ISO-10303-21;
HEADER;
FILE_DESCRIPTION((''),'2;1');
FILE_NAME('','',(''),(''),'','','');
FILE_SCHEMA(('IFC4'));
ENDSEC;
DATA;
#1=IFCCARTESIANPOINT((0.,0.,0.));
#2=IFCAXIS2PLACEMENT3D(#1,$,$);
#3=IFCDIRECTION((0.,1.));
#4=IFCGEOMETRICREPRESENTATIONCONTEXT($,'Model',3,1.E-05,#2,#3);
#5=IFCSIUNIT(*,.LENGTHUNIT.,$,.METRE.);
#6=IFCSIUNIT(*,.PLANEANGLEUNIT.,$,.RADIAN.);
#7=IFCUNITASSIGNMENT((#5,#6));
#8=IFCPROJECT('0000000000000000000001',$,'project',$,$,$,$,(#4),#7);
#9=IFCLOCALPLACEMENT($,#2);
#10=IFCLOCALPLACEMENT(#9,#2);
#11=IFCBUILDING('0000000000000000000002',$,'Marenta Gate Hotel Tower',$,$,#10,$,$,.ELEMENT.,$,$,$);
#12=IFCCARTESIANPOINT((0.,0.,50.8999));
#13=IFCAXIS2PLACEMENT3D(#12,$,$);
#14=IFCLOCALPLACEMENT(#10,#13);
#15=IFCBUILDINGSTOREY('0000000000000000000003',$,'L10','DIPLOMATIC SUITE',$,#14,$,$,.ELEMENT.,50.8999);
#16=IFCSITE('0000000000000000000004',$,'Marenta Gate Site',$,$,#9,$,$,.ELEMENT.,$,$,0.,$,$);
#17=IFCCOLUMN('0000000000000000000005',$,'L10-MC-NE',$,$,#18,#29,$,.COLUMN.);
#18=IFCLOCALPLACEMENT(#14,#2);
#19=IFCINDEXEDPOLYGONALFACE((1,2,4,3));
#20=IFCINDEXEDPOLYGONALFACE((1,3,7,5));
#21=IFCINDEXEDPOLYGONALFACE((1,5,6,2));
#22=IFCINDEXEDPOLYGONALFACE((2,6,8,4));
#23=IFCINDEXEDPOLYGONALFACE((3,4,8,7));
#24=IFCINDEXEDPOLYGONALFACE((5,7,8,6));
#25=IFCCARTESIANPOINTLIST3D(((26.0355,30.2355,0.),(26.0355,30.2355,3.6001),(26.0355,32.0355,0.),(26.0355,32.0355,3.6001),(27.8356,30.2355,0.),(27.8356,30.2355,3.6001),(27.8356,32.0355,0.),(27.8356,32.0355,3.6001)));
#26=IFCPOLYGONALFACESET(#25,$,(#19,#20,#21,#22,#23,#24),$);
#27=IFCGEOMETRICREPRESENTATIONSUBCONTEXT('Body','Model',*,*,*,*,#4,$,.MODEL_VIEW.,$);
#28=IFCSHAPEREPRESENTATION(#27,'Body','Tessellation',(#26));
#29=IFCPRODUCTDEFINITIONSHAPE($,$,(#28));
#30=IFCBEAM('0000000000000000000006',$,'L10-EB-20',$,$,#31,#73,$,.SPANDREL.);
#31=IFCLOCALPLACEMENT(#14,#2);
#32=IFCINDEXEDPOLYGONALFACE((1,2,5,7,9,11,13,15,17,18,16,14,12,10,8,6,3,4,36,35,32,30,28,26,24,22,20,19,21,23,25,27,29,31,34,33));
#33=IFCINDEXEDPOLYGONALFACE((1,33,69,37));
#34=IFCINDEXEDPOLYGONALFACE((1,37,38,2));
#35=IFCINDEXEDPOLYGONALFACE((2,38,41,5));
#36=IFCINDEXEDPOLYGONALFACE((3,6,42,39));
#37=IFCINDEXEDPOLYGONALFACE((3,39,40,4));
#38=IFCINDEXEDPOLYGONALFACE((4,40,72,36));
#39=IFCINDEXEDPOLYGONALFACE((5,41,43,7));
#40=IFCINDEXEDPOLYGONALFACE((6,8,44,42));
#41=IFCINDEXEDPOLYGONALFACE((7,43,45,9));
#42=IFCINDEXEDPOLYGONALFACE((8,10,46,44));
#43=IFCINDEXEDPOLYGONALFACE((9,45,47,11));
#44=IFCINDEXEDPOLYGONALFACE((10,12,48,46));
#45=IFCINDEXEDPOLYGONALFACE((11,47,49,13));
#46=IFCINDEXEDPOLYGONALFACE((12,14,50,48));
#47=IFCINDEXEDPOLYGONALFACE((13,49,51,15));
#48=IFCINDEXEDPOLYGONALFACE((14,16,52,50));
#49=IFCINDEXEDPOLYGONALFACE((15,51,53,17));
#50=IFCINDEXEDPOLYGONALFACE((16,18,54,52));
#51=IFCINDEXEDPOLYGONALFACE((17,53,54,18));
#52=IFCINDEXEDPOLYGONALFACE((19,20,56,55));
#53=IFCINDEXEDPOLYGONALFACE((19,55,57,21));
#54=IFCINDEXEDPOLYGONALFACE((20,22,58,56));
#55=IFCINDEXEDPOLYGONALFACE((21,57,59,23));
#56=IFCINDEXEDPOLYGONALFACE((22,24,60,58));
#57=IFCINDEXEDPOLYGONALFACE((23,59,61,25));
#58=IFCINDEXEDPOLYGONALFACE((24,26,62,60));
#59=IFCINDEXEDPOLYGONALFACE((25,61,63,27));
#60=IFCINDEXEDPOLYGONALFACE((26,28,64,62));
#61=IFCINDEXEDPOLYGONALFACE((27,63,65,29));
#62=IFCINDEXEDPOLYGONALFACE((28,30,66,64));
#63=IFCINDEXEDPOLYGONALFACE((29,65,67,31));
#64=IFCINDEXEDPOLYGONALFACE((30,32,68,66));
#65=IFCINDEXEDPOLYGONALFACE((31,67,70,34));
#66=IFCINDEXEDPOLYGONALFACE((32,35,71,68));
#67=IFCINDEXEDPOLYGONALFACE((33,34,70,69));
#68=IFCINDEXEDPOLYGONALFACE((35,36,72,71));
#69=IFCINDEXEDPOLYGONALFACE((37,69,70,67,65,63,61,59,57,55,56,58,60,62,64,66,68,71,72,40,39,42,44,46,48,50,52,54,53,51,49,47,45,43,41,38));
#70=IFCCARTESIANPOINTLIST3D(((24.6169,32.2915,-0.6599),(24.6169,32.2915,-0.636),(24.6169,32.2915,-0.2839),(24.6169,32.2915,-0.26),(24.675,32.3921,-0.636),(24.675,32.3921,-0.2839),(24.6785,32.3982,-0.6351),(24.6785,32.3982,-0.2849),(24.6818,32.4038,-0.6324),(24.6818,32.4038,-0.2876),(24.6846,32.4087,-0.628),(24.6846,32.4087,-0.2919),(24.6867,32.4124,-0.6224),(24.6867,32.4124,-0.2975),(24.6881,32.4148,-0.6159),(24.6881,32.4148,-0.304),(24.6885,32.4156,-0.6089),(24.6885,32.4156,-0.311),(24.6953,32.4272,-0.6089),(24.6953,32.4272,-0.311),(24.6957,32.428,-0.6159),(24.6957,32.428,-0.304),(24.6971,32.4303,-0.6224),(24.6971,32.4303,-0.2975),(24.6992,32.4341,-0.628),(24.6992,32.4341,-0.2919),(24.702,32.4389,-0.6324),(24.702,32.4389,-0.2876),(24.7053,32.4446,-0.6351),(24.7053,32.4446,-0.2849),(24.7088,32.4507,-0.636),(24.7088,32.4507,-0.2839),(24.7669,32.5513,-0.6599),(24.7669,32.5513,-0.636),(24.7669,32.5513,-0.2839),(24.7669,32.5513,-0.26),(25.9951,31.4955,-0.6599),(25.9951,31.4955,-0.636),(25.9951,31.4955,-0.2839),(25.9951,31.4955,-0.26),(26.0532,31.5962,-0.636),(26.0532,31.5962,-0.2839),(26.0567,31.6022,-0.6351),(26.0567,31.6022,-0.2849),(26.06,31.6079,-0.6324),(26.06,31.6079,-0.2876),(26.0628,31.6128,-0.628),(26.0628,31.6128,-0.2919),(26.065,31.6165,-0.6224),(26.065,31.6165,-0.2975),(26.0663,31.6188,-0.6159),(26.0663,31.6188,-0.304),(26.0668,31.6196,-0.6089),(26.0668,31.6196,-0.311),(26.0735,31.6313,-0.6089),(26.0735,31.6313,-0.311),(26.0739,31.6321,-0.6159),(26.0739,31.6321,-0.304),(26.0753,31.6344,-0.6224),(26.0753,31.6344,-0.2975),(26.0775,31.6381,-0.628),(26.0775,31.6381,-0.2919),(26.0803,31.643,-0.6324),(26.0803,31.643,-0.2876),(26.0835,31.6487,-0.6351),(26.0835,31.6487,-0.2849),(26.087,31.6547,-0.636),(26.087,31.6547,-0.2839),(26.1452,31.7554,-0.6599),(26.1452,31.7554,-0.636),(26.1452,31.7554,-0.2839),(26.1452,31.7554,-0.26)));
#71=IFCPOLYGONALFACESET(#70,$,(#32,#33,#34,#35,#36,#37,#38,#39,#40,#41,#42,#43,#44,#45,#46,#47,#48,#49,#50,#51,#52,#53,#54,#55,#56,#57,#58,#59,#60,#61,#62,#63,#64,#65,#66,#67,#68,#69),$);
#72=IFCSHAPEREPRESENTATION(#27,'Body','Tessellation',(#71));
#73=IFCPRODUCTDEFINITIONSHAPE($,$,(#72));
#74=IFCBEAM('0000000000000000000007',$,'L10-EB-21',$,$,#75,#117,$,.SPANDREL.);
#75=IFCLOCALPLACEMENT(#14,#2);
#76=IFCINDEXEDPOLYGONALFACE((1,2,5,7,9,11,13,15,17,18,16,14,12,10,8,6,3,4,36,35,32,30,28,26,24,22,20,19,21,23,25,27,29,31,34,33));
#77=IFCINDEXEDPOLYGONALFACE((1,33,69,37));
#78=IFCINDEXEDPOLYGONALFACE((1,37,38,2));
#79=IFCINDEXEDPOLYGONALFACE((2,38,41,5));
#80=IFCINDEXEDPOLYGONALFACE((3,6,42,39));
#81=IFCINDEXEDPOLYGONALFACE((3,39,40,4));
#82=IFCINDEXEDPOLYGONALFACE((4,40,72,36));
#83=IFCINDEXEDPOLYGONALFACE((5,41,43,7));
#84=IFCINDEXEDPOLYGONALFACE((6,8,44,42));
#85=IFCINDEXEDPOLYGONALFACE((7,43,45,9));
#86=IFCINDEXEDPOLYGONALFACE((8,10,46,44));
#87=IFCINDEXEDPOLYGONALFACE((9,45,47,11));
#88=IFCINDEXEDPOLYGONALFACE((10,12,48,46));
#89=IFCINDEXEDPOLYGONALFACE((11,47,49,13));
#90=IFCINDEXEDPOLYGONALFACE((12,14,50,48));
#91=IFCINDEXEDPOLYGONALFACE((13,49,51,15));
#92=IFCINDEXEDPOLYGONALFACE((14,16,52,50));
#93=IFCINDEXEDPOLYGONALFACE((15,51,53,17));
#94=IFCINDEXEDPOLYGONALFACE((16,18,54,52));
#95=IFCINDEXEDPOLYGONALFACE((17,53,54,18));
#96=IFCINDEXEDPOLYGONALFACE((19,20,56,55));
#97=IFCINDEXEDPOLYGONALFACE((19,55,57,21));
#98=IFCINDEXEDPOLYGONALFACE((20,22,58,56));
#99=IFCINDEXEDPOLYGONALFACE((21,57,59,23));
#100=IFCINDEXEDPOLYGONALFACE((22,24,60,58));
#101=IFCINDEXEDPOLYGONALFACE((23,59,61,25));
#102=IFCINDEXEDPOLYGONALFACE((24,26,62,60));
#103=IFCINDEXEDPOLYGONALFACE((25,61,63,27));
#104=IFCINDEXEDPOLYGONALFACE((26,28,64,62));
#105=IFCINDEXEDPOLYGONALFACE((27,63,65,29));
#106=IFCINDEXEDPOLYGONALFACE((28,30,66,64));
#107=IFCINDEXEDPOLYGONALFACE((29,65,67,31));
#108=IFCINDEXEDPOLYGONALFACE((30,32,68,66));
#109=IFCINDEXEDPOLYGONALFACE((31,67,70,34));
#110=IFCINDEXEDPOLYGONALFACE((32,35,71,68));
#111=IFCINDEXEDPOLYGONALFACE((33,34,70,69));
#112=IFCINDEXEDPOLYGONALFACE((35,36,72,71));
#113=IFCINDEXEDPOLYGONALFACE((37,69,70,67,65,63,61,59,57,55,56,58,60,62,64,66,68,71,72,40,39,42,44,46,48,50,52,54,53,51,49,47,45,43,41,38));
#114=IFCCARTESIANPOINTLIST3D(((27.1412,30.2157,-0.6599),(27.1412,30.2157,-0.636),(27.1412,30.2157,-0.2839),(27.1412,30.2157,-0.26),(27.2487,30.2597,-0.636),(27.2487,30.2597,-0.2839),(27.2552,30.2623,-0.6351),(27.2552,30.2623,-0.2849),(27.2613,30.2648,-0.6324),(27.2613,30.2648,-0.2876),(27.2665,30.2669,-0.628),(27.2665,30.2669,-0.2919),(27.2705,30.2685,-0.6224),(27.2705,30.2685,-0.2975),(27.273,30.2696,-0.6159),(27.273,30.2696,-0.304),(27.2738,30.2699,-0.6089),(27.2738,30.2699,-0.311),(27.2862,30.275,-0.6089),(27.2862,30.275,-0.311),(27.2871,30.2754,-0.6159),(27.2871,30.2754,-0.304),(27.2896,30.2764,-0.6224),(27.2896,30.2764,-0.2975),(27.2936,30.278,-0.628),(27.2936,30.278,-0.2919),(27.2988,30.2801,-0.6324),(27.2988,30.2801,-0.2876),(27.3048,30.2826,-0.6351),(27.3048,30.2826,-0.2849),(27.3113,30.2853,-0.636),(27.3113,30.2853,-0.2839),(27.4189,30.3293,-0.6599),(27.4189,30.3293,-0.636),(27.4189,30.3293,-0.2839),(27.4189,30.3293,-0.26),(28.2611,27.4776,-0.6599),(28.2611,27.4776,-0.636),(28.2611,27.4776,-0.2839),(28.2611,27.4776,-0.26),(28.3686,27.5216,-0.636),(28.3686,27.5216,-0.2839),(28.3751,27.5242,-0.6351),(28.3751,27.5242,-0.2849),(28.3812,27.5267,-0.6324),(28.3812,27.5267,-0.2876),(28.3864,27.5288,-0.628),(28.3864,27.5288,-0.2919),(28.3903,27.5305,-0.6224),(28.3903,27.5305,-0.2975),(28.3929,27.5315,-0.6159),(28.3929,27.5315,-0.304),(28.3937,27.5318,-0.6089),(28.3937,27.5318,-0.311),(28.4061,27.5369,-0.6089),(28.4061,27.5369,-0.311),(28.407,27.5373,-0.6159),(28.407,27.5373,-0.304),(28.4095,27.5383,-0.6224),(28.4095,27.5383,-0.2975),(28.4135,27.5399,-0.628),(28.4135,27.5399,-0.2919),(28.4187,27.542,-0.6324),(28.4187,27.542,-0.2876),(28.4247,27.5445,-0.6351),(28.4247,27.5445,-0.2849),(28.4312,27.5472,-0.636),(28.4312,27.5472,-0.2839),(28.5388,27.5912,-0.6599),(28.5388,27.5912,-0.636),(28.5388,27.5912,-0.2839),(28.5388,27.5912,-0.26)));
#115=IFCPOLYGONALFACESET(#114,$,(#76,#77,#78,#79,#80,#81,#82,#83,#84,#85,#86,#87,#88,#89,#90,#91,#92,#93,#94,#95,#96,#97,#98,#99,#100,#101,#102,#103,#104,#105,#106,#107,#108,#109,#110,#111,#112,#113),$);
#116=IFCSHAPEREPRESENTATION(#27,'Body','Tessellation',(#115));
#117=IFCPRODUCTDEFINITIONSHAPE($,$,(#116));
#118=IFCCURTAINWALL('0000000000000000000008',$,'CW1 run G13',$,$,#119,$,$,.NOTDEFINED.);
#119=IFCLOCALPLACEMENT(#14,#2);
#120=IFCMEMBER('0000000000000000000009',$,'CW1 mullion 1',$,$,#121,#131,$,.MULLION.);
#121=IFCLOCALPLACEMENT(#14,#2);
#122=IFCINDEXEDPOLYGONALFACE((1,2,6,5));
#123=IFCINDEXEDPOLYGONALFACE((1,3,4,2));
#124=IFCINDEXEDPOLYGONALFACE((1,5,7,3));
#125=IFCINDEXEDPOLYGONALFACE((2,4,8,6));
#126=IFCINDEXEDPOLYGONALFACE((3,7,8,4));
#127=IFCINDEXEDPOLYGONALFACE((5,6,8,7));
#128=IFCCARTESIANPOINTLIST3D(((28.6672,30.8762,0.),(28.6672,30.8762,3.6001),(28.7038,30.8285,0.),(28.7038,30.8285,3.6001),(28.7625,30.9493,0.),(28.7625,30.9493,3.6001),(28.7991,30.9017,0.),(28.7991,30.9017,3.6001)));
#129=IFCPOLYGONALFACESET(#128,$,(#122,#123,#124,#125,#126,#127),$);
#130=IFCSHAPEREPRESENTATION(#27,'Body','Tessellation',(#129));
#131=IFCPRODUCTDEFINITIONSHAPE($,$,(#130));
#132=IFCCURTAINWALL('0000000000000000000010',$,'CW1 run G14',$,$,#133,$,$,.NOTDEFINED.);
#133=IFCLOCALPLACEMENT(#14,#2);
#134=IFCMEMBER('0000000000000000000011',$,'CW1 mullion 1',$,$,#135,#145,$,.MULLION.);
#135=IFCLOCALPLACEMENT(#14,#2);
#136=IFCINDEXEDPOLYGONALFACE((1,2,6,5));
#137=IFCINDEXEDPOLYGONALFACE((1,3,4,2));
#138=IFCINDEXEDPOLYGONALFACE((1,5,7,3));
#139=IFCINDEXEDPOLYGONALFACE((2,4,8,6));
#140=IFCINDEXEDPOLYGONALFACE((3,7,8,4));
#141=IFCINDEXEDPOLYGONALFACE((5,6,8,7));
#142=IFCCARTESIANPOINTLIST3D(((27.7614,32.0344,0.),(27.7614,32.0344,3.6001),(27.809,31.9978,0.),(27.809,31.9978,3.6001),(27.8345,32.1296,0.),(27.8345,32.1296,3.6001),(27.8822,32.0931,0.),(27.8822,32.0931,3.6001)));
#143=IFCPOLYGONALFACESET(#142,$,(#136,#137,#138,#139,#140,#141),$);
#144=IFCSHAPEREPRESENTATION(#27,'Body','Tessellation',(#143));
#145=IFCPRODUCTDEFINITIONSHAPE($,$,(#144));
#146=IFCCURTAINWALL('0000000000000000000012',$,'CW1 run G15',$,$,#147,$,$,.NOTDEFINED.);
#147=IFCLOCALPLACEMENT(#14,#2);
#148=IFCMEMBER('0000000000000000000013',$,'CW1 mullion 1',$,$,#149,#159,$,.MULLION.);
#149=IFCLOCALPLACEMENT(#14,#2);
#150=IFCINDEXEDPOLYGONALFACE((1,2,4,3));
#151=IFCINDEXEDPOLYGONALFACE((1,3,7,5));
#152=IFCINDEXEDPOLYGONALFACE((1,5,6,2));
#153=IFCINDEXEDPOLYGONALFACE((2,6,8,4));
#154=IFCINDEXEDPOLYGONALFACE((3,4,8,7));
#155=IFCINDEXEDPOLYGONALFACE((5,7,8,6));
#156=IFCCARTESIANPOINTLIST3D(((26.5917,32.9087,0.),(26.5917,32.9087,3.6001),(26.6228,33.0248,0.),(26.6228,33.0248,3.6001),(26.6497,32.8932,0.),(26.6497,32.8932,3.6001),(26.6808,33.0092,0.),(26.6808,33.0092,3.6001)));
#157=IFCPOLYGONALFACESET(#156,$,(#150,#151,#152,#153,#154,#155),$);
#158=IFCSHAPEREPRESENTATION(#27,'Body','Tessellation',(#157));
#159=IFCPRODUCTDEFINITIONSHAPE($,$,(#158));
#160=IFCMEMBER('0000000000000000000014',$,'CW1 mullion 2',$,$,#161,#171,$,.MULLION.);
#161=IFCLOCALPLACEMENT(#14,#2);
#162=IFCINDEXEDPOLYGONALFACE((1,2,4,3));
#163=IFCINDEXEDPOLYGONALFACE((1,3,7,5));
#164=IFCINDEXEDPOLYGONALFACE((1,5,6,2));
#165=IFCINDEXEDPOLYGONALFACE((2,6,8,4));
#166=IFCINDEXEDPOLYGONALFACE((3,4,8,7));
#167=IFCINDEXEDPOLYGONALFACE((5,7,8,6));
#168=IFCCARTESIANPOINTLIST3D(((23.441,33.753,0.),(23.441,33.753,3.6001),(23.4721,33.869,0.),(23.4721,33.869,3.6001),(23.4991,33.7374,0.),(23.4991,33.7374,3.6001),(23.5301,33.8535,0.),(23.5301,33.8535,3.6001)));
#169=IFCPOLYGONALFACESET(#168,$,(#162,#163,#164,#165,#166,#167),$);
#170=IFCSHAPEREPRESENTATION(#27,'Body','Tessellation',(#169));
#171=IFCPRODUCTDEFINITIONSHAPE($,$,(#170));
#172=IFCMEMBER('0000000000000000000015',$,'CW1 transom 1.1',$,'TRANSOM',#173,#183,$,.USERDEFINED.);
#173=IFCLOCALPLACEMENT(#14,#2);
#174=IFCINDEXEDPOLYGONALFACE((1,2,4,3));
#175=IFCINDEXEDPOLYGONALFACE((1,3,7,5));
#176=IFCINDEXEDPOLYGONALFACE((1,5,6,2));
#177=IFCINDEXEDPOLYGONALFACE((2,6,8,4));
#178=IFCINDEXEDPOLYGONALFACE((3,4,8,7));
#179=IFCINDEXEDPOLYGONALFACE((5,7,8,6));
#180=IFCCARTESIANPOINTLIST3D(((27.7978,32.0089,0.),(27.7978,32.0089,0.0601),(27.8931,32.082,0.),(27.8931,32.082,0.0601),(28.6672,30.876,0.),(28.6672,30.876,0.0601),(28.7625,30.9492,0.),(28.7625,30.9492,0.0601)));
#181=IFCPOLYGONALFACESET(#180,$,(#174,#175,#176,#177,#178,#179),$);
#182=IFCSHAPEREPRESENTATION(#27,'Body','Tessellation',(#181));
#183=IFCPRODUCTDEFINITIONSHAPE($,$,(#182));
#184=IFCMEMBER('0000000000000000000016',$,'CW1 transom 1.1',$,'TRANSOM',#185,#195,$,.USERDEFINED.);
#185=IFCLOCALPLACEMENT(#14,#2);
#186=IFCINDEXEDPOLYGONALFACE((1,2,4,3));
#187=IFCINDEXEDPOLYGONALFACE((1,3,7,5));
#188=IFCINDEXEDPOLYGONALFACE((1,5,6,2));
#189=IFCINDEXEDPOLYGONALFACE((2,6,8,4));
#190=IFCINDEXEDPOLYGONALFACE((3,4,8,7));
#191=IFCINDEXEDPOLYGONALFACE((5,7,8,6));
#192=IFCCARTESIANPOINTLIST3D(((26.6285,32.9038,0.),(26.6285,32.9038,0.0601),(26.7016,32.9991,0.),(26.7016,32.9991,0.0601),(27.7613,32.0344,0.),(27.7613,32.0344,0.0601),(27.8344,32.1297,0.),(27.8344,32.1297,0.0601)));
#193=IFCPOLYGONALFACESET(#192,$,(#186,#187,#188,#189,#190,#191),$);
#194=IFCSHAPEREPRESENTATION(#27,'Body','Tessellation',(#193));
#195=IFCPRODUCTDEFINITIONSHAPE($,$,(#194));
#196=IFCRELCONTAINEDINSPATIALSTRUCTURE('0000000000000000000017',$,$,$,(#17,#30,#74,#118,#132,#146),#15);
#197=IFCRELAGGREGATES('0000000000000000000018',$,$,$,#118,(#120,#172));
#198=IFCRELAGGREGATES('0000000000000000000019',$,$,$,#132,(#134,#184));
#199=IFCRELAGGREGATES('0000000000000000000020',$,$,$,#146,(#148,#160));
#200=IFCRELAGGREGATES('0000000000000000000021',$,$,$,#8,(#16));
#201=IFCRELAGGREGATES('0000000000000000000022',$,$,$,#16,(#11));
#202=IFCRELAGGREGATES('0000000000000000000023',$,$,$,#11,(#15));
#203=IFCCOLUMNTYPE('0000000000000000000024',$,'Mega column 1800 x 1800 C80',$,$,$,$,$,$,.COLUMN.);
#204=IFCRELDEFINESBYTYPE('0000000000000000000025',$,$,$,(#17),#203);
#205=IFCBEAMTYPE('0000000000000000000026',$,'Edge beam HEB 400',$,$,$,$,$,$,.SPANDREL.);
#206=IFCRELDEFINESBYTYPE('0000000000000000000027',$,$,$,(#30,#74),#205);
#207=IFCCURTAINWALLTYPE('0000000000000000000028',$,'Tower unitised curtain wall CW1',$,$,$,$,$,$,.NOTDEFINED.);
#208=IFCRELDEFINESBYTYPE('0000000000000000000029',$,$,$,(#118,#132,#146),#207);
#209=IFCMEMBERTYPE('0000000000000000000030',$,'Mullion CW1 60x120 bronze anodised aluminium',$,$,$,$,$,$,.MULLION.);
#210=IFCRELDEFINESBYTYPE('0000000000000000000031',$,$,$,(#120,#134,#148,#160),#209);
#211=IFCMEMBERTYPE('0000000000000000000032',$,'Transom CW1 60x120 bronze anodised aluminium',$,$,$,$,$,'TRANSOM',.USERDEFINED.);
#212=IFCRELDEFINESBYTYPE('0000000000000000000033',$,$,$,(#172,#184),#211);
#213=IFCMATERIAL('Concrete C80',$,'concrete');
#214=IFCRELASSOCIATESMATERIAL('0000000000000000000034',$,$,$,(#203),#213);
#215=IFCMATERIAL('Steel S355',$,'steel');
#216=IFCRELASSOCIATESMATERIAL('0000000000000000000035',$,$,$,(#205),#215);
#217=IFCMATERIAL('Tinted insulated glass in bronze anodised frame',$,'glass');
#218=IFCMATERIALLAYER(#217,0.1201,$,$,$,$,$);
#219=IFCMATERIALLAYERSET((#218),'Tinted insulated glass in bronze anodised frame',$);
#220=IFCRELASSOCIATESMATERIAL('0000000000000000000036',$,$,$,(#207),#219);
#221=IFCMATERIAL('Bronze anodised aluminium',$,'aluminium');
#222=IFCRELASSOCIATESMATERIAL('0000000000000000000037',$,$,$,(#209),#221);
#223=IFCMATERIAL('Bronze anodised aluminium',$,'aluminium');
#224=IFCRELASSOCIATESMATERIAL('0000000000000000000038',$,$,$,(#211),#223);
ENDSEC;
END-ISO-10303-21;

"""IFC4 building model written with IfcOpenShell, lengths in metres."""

from ifc_helpers import new_model, si_unit, direction, frame, origin, origin_2d, place, context, subcontext, project, spatial, rectangle, i_section, extrude, material, layer, layer_set, material_profile, profile_set, type_object, element, aggregate, save


model = new_model("IFC4")

# Units and contexts
model_context = context("Model", 3, precision=1e-05, world=origin(), true_north=direction((0.0, 1.0)))
body_context = subcontext(model_context, "Body", "Model", "MODEL_VIEW")
ifc_project = project(units=[si_unit("LENGTHUNIT", "METRE"), si_unit("PLANEANGLEUNIT", "RADIAN")], contexts=[model_context])

# Site, building, storey
site_placement = place(None, origin())
site = spatial("IfcSite", under=ifc_project, at=site_placement, Name="Marenta Gate Site", CompositionType="ELEMENT", RefElevation=0.0)
building_placement = place(site_placement, origin())
building = spatial("IfcBuilding", under=site, at=building_placement, Name="Marenta Gate Hotel Tower", CompositionType="ELEMENT")
storey_placement = place(building_placement, frame((0.0, 0.0, 50.8999)))
storey = spatial("IfcBuildingStorey", under=building, at=storey_placement, Name="L10", Description="DIPLOMATIC SUITE", CompositionType="ELEMENT", Elevation=50.8999)

# Column
ifc_material_1 = material(Name="Concrete C80", Category="concrete")
ifc_material_profile_1 = material_profile(ifc_material_1, rectangle(XDim=1.8, YDim=1.8, at=origin_2d()), Name="1800 x 1800")
ifc_profile_set_1 = profile_set([ifc_material_profile_1], Name="Concrete C80")
column_type = type_object("IfcColumnType", Name="Mega column 1800 x 1800 C80", PredefinedType="COLUMN", material=ifc_profile_set_1)
column_placement = place(storey_placement, frame((26.9355, 31.1355, 0.0), z_axis=(0.0, 0.0, 1.0), x_axis=(1.0, 0.0, 0.0)))
element("IfcColumn", 1, at=column_placement, inside=storey, type_object=column_type, Name="L10-MC-NE", PredefinedType="COLUMN", context=body_context, shape_type="SweptSolid", body=[
    extrude(rectangle(XDim=1.8, YDim=1.8, at=origin_2d()), origin(), (0.0, 0.0, 1.0), 3.6001),
])

# Beams
ifc_material_2 = material(Name="Steel S355", Category="steel")
ifc_material_profile_2 = material_profile(ifc_material_2, i_section(OverallWidth=0.3, OverallDepth=0.3999, WebThickness=0.0134, FlangeThickness=0.0239, FilletRadius=0.0271, at=origin_2d()), Name="HEB 400")
ifc_profile_set_2 = profile_set([ifc_material_profile_2], Name="Steel S355")
beam_type = type_object("IfcBeamType", Name="Edge beam HEB 400", PredefinedType="SPANDREL", material=ifc_profile_set_2)
beam_1_placement = place(storey_placement, frame((24.6919, 32.4214, -0.46), z_axis=(0.865968, -0.500099, 0.0), x_axis=(0.500099, 0.865968, 0.0)))
element("IfcBeam", 2, at=beam_1_placement, inside=storey, type_object=beam_type, Name="L10-EB-20", PredefinedType="SPANDREL", context=body_context, shape_type="SweptSolid", body=[
    extrude(i_section(OverallWidth=0.3, OverallDepth=0.3999, WebThickness=0.0134, FlangeThickness=0.0239, FilletRadius=0.0271, at=origin_2d()), origin(), (0.0, 0.0, 1.0), 1.5916),
])
beam_2_placement = place(storey_placement, frame((27.28, 30.2725, -0.46), z_axis=(0.378565, -0.925575, 0.0), x_axis=(0.925575, 0.378565, 0.0)))
element("IfcBeam", 3, at=beam_2_placement, inside=storey, type_object=beam_type, Name="L10-EB-21", PredefinedType="SPANDREL", context=body_context, shape_type="SweptSolid", body=[
    extrude(i_section(OverallWidth=0.3, OverallDepth=0.3999, WebThickness=0.0134, FlangeThickness=0.0239, FilletRadius=0.0271, at=origin_2d()), origin(), (0.0, 0.0, 1.0), 2.9583),
])

# Curtain walls, members
ifc_material_3 = material(Name="Tinted insulated glass in bronze anodised frame", Category="glass")
ifc_layer_1 = layer(ifc_material_3, 0.1201)
ifc_layer_set_1 = layer_set([ifc_layer_1], Name="Tinted insulated glass in bronze anodised frame")
curtain_wall_type = type_object("IfcCurtainWallType", Name="Tower unitised curtain wall CW1", PredefinedType="NOTDEFINED", material=ifc_layer_set_1)
curtain_wall_1_placement = place(storey_placement, origin())
curtain_wall_1 = element("IfcCurtainWall", 4, at=curtain_wall_1_placement, inside=storey, type_object=curtain_wall_type, Name="CW1 run G13", PredefinedType="NOTDEFINED")
ifc_material_4 = material(Name="Bronze anodised aluminium", Category="aluminium")
ifc_material_profile_3 = material_profile(ifc_material_4, rectangle(XDim=0.1201, YDim=0.0601, at=origin_2d()), Name="Mullion CW1 60x120 bronze anodised aluminium")
ifc_profile_set_3 = profile_set([ifc_material_profile_3], Name="Bronze anodised aluminium")
member_type_1 = type_object("IfcMemberType", Name="Mullion CW1 60x120 bronze anodised aluminium", PredefinedType="MULLION", material=ifc_profile_set_3)
member_1_placement = place(storey_placement, frame((28.7332, 30.8889, 0.0), z_axis=(0.0, 0.0, 1.0), x_axis=(-0.793338, -0.608781, 0.0)))
member_1 = element("IfcMember", 5, at=member_1_placement, type_object=member_type_1, Name="CW1 mullion 1", PredefinedType="MULLION", context=body_context, shape_type="SweptSolid", body=[
    extrude(rectangle(XDim=0.1201, YDim=0.0601, at=origin_2d()), origin(), (0.0, 0.0, 1.0), 3.6001),
])
curtain_wall_2_placement = place(storey_placement, origin())
curtain_wall_2 = element("IfcCurtainWall", 6, at=curtain_wall_2_placement, inside=storey, type_object=curtain_wall_type, Name="CW1 run G14", PredefinedType="NOTDEFINED")
member_2_placement = place(storey_placement, frame((27.8218, 32.0637, 0.0), z_axis=(0.0, 0.0, 1.0), x_axis=(-0.608781, -0.793338, 0.0)))
member_2 = element("IfcMember", 7, at=member_2_placement, type_object=member_type_1, Name="CW1 mullion 1", PredefinedType="MULLION", context=body_context, shape_type="SweptSolid", body=[
    extrude(rectangle(XDim=0.1201, YDim=0.0601, at=origin_2d()), origin(), (0.0, 0.0, 1.0), 3.6001),
])

# Curtain wall, members
curtain_wall_3_placement = place(storey_placement, origin())
curtain_wall_3 = element("IfcCurtainWall", 8, at=curtain_wall_3_placement, inside=storey, type_object=curtain_wall_type, Name="CW1 run G15", PredefinedType="NOTDEFINED")
member_3_placement = place(storey_placement, frame((26.6362, 32.959, 0.0), z_axis=(0.0, 0.0, 1.0), x_axis=(-0.258807, -0.965929, 0.0)))
member_3 = element("IfcMember", 9, at=member_3_placement, type_object=member_type_1, Name="CW1 mullion 1", PredefinedType="MULLION", context=body_context, shape_type="SweptSolid", body=[
    extrude(rectangle(XDim=0.1201, YDim=0.0601, at=origin_2d()), origin(), (0.0, 0.0, 1.0), 3.6001),
])
member_4_placement = place(storey_placement, frame((23.4856, 33.8032, 0.0), z_axis=(0.0, 0.0, 1.0), x_axis=(-0.258807, -0.965929, 0.0)))
member_4 = element("IfcMember", 10, at=member_4_placement, type_object=member_type_1, Name="CW1 mullion 2", PredefinedType="MULLION", context=body_context, shape_type="SweptSolid", body=[
    extrude(rectangle(XDim=0.1201, YDim=0.0601, at=origin_2d()), origin(), (0.0, 0.0, 1.0), 3.6001),
])

# Members
ifc_material_5 = material(Name="Bronze anodised aluminium", Category="aluminium")
ifc_material_profile_4 = material_profile(ifc_material_5, rectangle(XDim=0.1201, YDim=0.0601, at=origin_2d()), Name="Transom CW1 60x120 bronze anodised aluminium")
ifc_profile_set_4 = profile_set([ifc_material_profile_4], Name="Bronze anodised aluminium")
member_type_2 = type_object("IfcMemberType", Name="Transom CW1 60x120 bronze anodised aluminium", ElementType="TRANSOM", PredefinedType="USERDEFINED", material=ifc_profile_set_4)
member_5_placement = place(storey_placement, frame((28.7148, 30.9126, 0.03), z_axis=(-0.608826, 0.793304, 0.0), x_axis=(-0.793304, -0.608826, 0.0)))
member_5 = element("IfcMember", 11, at=member_5_placement, type_object=member_type_2, Name="CW1 transom 1.1", ObjectType="TRANSOM", PredefinedType="USERDEFINED", context=body_context, shape_type="SweptSolid", body=[
    extrude(rectangle(XDim=0.1201, YDim=0.0601, at=origin_2d()), origin(), (0.0, 0.0, 1.0), 1.428),
])
member_6_placement = place(storey_placement, frame((27.7979, 32.082, 0.03), z_axis=(-0.793304, 0.608826, 0.0), x_axis=(-0.608826, -0.793304, 0.0)))
member_6 = element("IfcMember", 12, at=member_6_placement, type_object=member_type_2, Name="CW1 transom 1.1", ObjectType="TRANSOM", PredefinedType="USERDEFINED", context=body_context, shape_type="SweptSolid", body=[
    extrude(rectangle(XDim=0.1201, YDim=0.0601, at=origin_2d()), origin(), (0.0, 0.0, 1.0), 1.428),
])

aggregate(curtain_wall_1, [member_1, member_5])
aggregate(curtain_wall_2, [member_2, member_6])
aggregate(curtain_wall_3, [member_3, member_4])

save(model, "model.ifc")
